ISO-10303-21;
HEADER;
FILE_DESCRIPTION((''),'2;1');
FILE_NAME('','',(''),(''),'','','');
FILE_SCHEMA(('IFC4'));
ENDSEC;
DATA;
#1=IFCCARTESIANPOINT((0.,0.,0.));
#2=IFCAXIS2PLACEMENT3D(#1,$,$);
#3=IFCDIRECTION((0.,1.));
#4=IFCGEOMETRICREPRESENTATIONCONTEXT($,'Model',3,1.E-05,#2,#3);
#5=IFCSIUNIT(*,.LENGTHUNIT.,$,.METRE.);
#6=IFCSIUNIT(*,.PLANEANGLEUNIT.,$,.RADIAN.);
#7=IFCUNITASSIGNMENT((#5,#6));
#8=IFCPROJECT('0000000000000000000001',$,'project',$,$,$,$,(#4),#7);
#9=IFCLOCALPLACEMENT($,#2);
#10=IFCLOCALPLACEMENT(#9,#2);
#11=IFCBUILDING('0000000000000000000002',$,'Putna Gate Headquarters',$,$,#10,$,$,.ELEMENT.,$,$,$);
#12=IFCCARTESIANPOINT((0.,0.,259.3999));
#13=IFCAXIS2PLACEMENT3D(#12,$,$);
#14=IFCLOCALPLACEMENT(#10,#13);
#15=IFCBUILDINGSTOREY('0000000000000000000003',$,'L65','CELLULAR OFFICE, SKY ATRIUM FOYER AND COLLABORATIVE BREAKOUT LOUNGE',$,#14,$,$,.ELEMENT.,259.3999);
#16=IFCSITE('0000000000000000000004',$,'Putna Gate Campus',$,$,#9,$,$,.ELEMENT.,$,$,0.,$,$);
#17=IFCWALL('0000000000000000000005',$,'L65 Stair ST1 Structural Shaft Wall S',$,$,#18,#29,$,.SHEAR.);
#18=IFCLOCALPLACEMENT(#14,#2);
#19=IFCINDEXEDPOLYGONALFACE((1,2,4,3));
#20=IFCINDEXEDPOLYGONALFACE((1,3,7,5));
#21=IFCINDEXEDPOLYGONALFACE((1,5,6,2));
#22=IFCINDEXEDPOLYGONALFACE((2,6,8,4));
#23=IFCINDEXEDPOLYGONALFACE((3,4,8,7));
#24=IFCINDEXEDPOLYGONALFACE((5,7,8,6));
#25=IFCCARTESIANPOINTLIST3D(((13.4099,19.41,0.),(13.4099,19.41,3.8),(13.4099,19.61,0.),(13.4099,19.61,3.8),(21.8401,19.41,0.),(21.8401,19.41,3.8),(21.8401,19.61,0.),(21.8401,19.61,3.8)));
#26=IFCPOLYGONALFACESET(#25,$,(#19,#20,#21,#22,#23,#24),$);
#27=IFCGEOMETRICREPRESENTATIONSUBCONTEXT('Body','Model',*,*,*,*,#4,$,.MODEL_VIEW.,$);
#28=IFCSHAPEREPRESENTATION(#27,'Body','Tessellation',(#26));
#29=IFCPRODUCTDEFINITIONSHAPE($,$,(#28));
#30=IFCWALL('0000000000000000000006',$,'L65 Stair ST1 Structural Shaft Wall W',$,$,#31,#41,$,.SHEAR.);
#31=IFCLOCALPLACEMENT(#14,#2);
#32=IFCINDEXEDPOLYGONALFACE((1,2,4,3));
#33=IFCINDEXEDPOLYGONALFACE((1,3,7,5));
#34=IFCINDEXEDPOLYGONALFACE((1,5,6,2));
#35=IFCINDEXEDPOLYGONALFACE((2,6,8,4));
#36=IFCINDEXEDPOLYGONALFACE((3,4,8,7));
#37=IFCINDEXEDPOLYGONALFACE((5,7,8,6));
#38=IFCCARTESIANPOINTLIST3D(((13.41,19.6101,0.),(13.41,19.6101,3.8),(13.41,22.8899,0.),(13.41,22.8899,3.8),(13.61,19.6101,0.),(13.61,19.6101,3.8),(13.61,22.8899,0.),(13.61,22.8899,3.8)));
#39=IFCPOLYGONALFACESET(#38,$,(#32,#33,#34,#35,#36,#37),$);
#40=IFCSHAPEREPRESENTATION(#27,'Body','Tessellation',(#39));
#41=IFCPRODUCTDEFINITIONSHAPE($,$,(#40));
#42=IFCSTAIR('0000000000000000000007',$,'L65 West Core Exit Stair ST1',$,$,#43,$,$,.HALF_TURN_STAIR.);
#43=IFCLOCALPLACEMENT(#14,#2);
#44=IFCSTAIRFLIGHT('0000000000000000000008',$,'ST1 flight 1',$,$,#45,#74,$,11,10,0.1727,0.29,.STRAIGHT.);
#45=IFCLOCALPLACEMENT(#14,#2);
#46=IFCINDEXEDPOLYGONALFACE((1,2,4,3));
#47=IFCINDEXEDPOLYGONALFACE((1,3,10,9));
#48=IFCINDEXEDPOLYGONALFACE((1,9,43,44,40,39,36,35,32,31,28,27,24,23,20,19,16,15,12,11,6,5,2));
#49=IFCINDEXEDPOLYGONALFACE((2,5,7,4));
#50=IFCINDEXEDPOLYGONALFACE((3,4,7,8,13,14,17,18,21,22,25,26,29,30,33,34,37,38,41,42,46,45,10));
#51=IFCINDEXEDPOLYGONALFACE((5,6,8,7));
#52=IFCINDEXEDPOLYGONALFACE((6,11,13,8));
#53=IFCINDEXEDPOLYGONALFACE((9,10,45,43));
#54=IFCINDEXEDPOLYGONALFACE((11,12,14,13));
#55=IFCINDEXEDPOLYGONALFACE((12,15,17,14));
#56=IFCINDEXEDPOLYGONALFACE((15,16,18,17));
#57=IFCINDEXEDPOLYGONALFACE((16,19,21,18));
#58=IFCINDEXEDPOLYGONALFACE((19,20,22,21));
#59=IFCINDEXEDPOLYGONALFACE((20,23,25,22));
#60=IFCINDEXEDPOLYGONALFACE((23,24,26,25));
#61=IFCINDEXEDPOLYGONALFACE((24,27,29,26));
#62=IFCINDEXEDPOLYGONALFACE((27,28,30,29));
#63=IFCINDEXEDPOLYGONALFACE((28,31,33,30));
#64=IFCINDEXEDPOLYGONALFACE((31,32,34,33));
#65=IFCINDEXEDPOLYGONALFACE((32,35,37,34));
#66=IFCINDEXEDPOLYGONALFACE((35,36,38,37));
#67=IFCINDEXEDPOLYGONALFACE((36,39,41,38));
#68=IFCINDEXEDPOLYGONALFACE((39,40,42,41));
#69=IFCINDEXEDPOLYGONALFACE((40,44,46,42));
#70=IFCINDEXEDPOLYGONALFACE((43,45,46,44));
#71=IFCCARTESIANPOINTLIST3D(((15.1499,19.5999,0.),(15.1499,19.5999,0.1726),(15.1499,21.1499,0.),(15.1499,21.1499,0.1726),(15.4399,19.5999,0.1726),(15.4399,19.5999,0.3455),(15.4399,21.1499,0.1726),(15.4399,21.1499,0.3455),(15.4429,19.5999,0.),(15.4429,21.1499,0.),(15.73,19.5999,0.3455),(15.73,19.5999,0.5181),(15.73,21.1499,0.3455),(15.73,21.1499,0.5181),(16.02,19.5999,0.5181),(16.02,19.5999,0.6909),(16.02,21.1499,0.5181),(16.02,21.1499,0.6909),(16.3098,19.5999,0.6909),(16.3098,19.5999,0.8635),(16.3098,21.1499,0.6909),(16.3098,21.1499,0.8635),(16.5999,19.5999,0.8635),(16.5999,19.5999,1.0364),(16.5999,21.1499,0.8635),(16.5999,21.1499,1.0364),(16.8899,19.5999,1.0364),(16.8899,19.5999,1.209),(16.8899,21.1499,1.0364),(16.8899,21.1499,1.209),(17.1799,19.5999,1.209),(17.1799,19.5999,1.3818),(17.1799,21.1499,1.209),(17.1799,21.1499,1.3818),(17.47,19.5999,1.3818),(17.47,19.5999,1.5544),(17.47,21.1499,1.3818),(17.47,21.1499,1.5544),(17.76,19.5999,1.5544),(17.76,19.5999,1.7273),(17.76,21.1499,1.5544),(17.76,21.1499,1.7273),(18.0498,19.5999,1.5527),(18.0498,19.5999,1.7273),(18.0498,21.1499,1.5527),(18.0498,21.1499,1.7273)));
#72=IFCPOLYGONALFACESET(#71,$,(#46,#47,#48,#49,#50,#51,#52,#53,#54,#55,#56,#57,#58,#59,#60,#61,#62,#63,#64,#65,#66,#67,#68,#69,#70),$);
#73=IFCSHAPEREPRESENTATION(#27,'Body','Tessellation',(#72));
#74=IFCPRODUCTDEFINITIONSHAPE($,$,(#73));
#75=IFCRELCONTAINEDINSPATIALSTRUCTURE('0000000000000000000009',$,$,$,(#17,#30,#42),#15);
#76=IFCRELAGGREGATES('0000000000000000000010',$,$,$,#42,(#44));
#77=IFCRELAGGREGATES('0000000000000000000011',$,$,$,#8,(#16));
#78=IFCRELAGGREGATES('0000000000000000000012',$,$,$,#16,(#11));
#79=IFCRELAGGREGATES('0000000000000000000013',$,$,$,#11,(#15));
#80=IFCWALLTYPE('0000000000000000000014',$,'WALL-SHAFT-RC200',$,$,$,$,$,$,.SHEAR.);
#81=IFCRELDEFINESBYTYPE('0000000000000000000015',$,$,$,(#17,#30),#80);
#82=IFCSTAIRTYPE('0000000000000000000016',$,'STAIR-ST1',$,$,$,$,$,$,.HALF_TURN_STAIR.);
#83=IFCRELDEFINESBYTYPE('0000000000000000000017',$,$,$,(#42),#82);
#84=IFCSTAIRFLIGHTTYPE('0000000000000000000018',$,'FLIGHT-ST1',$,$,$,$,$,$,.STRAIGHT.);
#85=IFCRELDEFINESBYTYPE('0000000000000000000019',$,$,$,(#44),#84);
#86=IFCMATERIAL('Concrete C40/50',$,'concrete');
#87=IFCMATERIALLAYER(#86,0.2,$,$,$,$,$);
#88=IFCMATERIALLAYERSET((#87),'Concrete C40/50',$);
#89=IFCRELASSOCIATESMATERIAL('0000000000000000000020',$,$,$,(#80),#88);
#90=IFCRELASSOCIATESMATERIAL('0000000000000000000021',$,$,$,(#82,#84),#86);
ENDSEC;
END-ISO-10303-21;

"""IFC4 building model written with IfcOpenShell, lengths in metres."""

from ifc_helpers import new_model, si_unit, direction, frame, frame_2d, origin, place, context, subcontext, project, spatial, polyline, rectangle, outline, extrude, material, layer, layer_set, type_object, element, aggregate, save


model = new_model("IFC4")

# Units and contexts
model_context = context("Model", 3, precision=1e-05, world=origin(), true_north=direction((0.0, 1.0)))
body_context = subcontext(model_context, "Body", "Model", "MODEL_VIEW")
ifc_project = project(units=[si_unit("LENGTHUNIT", "METRE"), si_unit("PLANEANGLEUNIT", "RADIAN")], contexts=[model_context])

# Site, building, storey
site_placement = place(None, origin())
site = spatial("IfcSite", under=ifc_project, at=site_placement, Name="Putna Gate Campus", CompositionType="ELEMENT", RefElevation=0.0)
building_placement = place(site_placement, origin())
building = spatial("IfcBuilding", under=site, at=building_placement, Name="Putna Gate Headquarters", CompositionType="ELEMENT")
storey_placement = place(building_placement, frame((0.0, 0.0, 259.3999)))
storey = spatial("IfcBuildingStorey", under=building, at=storey_placement, Name="L65", Description="CELLULAR OFFICE, SKY ATRIUM FOYER AND COLLABORATIVE BREAKOUT LOUNGE", CompositionType="ELEMENT", Elevation=259.3999)

# Walls
ifc_material_1 = material(Name="Concrete C40/50", Category="concrete")
ifc_layer_1 = layer(ifc_material_1, 0.2)
ifc_layer_set_1 = layer_set([ifc_layer_1], Name="Concrete C40/50")
wall_type_1 = type_object("IfcWallType", Name="WALL-SHAFT-RC200", PredefinedType="SHEAR", material=ifc_layer_set_1)
wall_1_placement = place(storey_placement, frame((13.4099, 19.51, 0.0), z_axis=(0.0, 0.0, 1.0), x_axis=(1.0, 0.0, 0.0)))
element("IfcWall", 1, at=wall_1_placement, inside=storey, type_object=wall_type_1, Name="L65 Stair ST1 Structural Shaft Wall S", PredefinedType="SHEAR", context=body_context, shape_type="SweptSolid", body=[
    extrude(rectangle(XDim=8.4302, YDim=0.2, at=frame_2d((4.2151, 0.0))), origin(), (0.0, 0.0, 1.0), 3.8),
])
wall_2_placement = place(storey_placement, frame((13.51, 19.6101, 0.0), z_axis=(0.0, 0.0, 1.0), x_axis=(0.0, 1.0, 0.0)))
element("IfcWall", 2, at=wall_2_placement, inside=storey, type_object=wall_type_1, Name="L65 Stair ST1 Structural Shaft Wall W", PredefinedType="SHEAR", context=body_context, shape_type="SweptSolid", body=[
    extrude(rectangle(XDim=3.2798, YDim=0.2, at=frame_2d((1.6399, 0.0))), origin(), (0.0, 0.0, 1.0), 3.8),
])

# Stair, stair flight
stair_type = type_object("IfcStairType", Name="STAIR-ST1", PredefinedType="HALF_TURN_STAIR", material=ifc_material_1)
stair_placement = place(storey_placement, origin())
stair = element("IfcStair", 3, at=stair_placement, inside=storey, type_object=stair_type, Name="L65 West Core Exit Stair ST1", PredefinedType="HALF_TURN_STAIR")
stair_flight_type = type_object("IfcStairFlightType", Name="FLIGHT-ST1", PredefinedType="STRAIGHT", material=ifc_material_1)
stair_flight_placement = place(storey_placement, frame((15.1499, 20.375, 0.0), z_axis=(0.0, 0.0, 1.0), x_axis=(1.0, 0.0, 0.0)))
stair_flight = element("IfcStairFlight", 4, at=stair_flight_placement, type_object=stair_flight_type, Name="ST1 flight 1", NumberOfRisers=11, NumberOfTreads=10, PredefinedType="STRAIGHT", RiserHeight=0.1727, TreadLength=0.29, context=body_context, shape_type="SweptSolid", body=[
    extrude(outline(polyline([(0.0, 0.0), (0.0, 0.1726), (0.29, 0.1726), (0.29, 0.3455), (0.5801, 0.3455), (0.5801, 0.5181), (0.8701, 0.5181), (0.8701, 0.6909), (1.1599, 0.6909), (1.1599, 0.8635), (1.45, 0.8635), (1.45, 1.0364), (1.74, 1.0364), (1.74, 1.209), (2.03, 1.209), (2.03, 1.3818), (2.3201, 1.3818), (2.3201, 1.5544), (2.6101, 1.5544), (2.6101, 1.7273), (2.8999, 1.7273), (2.8999, 1.8999), (2.8999, 1.5527), (0.293, 0.0), (0.0, 0.0)])), frame((0.0, 0.7749, 0.0), z_axis=(0.0, -1.0, 0.0), x_axis=(1.0, 0.0, 0.0)), (0.0, 0.0, 1.0), 1.55),
])
aggregate(stair, [stair_flight])

save(model, "model.ifc")
